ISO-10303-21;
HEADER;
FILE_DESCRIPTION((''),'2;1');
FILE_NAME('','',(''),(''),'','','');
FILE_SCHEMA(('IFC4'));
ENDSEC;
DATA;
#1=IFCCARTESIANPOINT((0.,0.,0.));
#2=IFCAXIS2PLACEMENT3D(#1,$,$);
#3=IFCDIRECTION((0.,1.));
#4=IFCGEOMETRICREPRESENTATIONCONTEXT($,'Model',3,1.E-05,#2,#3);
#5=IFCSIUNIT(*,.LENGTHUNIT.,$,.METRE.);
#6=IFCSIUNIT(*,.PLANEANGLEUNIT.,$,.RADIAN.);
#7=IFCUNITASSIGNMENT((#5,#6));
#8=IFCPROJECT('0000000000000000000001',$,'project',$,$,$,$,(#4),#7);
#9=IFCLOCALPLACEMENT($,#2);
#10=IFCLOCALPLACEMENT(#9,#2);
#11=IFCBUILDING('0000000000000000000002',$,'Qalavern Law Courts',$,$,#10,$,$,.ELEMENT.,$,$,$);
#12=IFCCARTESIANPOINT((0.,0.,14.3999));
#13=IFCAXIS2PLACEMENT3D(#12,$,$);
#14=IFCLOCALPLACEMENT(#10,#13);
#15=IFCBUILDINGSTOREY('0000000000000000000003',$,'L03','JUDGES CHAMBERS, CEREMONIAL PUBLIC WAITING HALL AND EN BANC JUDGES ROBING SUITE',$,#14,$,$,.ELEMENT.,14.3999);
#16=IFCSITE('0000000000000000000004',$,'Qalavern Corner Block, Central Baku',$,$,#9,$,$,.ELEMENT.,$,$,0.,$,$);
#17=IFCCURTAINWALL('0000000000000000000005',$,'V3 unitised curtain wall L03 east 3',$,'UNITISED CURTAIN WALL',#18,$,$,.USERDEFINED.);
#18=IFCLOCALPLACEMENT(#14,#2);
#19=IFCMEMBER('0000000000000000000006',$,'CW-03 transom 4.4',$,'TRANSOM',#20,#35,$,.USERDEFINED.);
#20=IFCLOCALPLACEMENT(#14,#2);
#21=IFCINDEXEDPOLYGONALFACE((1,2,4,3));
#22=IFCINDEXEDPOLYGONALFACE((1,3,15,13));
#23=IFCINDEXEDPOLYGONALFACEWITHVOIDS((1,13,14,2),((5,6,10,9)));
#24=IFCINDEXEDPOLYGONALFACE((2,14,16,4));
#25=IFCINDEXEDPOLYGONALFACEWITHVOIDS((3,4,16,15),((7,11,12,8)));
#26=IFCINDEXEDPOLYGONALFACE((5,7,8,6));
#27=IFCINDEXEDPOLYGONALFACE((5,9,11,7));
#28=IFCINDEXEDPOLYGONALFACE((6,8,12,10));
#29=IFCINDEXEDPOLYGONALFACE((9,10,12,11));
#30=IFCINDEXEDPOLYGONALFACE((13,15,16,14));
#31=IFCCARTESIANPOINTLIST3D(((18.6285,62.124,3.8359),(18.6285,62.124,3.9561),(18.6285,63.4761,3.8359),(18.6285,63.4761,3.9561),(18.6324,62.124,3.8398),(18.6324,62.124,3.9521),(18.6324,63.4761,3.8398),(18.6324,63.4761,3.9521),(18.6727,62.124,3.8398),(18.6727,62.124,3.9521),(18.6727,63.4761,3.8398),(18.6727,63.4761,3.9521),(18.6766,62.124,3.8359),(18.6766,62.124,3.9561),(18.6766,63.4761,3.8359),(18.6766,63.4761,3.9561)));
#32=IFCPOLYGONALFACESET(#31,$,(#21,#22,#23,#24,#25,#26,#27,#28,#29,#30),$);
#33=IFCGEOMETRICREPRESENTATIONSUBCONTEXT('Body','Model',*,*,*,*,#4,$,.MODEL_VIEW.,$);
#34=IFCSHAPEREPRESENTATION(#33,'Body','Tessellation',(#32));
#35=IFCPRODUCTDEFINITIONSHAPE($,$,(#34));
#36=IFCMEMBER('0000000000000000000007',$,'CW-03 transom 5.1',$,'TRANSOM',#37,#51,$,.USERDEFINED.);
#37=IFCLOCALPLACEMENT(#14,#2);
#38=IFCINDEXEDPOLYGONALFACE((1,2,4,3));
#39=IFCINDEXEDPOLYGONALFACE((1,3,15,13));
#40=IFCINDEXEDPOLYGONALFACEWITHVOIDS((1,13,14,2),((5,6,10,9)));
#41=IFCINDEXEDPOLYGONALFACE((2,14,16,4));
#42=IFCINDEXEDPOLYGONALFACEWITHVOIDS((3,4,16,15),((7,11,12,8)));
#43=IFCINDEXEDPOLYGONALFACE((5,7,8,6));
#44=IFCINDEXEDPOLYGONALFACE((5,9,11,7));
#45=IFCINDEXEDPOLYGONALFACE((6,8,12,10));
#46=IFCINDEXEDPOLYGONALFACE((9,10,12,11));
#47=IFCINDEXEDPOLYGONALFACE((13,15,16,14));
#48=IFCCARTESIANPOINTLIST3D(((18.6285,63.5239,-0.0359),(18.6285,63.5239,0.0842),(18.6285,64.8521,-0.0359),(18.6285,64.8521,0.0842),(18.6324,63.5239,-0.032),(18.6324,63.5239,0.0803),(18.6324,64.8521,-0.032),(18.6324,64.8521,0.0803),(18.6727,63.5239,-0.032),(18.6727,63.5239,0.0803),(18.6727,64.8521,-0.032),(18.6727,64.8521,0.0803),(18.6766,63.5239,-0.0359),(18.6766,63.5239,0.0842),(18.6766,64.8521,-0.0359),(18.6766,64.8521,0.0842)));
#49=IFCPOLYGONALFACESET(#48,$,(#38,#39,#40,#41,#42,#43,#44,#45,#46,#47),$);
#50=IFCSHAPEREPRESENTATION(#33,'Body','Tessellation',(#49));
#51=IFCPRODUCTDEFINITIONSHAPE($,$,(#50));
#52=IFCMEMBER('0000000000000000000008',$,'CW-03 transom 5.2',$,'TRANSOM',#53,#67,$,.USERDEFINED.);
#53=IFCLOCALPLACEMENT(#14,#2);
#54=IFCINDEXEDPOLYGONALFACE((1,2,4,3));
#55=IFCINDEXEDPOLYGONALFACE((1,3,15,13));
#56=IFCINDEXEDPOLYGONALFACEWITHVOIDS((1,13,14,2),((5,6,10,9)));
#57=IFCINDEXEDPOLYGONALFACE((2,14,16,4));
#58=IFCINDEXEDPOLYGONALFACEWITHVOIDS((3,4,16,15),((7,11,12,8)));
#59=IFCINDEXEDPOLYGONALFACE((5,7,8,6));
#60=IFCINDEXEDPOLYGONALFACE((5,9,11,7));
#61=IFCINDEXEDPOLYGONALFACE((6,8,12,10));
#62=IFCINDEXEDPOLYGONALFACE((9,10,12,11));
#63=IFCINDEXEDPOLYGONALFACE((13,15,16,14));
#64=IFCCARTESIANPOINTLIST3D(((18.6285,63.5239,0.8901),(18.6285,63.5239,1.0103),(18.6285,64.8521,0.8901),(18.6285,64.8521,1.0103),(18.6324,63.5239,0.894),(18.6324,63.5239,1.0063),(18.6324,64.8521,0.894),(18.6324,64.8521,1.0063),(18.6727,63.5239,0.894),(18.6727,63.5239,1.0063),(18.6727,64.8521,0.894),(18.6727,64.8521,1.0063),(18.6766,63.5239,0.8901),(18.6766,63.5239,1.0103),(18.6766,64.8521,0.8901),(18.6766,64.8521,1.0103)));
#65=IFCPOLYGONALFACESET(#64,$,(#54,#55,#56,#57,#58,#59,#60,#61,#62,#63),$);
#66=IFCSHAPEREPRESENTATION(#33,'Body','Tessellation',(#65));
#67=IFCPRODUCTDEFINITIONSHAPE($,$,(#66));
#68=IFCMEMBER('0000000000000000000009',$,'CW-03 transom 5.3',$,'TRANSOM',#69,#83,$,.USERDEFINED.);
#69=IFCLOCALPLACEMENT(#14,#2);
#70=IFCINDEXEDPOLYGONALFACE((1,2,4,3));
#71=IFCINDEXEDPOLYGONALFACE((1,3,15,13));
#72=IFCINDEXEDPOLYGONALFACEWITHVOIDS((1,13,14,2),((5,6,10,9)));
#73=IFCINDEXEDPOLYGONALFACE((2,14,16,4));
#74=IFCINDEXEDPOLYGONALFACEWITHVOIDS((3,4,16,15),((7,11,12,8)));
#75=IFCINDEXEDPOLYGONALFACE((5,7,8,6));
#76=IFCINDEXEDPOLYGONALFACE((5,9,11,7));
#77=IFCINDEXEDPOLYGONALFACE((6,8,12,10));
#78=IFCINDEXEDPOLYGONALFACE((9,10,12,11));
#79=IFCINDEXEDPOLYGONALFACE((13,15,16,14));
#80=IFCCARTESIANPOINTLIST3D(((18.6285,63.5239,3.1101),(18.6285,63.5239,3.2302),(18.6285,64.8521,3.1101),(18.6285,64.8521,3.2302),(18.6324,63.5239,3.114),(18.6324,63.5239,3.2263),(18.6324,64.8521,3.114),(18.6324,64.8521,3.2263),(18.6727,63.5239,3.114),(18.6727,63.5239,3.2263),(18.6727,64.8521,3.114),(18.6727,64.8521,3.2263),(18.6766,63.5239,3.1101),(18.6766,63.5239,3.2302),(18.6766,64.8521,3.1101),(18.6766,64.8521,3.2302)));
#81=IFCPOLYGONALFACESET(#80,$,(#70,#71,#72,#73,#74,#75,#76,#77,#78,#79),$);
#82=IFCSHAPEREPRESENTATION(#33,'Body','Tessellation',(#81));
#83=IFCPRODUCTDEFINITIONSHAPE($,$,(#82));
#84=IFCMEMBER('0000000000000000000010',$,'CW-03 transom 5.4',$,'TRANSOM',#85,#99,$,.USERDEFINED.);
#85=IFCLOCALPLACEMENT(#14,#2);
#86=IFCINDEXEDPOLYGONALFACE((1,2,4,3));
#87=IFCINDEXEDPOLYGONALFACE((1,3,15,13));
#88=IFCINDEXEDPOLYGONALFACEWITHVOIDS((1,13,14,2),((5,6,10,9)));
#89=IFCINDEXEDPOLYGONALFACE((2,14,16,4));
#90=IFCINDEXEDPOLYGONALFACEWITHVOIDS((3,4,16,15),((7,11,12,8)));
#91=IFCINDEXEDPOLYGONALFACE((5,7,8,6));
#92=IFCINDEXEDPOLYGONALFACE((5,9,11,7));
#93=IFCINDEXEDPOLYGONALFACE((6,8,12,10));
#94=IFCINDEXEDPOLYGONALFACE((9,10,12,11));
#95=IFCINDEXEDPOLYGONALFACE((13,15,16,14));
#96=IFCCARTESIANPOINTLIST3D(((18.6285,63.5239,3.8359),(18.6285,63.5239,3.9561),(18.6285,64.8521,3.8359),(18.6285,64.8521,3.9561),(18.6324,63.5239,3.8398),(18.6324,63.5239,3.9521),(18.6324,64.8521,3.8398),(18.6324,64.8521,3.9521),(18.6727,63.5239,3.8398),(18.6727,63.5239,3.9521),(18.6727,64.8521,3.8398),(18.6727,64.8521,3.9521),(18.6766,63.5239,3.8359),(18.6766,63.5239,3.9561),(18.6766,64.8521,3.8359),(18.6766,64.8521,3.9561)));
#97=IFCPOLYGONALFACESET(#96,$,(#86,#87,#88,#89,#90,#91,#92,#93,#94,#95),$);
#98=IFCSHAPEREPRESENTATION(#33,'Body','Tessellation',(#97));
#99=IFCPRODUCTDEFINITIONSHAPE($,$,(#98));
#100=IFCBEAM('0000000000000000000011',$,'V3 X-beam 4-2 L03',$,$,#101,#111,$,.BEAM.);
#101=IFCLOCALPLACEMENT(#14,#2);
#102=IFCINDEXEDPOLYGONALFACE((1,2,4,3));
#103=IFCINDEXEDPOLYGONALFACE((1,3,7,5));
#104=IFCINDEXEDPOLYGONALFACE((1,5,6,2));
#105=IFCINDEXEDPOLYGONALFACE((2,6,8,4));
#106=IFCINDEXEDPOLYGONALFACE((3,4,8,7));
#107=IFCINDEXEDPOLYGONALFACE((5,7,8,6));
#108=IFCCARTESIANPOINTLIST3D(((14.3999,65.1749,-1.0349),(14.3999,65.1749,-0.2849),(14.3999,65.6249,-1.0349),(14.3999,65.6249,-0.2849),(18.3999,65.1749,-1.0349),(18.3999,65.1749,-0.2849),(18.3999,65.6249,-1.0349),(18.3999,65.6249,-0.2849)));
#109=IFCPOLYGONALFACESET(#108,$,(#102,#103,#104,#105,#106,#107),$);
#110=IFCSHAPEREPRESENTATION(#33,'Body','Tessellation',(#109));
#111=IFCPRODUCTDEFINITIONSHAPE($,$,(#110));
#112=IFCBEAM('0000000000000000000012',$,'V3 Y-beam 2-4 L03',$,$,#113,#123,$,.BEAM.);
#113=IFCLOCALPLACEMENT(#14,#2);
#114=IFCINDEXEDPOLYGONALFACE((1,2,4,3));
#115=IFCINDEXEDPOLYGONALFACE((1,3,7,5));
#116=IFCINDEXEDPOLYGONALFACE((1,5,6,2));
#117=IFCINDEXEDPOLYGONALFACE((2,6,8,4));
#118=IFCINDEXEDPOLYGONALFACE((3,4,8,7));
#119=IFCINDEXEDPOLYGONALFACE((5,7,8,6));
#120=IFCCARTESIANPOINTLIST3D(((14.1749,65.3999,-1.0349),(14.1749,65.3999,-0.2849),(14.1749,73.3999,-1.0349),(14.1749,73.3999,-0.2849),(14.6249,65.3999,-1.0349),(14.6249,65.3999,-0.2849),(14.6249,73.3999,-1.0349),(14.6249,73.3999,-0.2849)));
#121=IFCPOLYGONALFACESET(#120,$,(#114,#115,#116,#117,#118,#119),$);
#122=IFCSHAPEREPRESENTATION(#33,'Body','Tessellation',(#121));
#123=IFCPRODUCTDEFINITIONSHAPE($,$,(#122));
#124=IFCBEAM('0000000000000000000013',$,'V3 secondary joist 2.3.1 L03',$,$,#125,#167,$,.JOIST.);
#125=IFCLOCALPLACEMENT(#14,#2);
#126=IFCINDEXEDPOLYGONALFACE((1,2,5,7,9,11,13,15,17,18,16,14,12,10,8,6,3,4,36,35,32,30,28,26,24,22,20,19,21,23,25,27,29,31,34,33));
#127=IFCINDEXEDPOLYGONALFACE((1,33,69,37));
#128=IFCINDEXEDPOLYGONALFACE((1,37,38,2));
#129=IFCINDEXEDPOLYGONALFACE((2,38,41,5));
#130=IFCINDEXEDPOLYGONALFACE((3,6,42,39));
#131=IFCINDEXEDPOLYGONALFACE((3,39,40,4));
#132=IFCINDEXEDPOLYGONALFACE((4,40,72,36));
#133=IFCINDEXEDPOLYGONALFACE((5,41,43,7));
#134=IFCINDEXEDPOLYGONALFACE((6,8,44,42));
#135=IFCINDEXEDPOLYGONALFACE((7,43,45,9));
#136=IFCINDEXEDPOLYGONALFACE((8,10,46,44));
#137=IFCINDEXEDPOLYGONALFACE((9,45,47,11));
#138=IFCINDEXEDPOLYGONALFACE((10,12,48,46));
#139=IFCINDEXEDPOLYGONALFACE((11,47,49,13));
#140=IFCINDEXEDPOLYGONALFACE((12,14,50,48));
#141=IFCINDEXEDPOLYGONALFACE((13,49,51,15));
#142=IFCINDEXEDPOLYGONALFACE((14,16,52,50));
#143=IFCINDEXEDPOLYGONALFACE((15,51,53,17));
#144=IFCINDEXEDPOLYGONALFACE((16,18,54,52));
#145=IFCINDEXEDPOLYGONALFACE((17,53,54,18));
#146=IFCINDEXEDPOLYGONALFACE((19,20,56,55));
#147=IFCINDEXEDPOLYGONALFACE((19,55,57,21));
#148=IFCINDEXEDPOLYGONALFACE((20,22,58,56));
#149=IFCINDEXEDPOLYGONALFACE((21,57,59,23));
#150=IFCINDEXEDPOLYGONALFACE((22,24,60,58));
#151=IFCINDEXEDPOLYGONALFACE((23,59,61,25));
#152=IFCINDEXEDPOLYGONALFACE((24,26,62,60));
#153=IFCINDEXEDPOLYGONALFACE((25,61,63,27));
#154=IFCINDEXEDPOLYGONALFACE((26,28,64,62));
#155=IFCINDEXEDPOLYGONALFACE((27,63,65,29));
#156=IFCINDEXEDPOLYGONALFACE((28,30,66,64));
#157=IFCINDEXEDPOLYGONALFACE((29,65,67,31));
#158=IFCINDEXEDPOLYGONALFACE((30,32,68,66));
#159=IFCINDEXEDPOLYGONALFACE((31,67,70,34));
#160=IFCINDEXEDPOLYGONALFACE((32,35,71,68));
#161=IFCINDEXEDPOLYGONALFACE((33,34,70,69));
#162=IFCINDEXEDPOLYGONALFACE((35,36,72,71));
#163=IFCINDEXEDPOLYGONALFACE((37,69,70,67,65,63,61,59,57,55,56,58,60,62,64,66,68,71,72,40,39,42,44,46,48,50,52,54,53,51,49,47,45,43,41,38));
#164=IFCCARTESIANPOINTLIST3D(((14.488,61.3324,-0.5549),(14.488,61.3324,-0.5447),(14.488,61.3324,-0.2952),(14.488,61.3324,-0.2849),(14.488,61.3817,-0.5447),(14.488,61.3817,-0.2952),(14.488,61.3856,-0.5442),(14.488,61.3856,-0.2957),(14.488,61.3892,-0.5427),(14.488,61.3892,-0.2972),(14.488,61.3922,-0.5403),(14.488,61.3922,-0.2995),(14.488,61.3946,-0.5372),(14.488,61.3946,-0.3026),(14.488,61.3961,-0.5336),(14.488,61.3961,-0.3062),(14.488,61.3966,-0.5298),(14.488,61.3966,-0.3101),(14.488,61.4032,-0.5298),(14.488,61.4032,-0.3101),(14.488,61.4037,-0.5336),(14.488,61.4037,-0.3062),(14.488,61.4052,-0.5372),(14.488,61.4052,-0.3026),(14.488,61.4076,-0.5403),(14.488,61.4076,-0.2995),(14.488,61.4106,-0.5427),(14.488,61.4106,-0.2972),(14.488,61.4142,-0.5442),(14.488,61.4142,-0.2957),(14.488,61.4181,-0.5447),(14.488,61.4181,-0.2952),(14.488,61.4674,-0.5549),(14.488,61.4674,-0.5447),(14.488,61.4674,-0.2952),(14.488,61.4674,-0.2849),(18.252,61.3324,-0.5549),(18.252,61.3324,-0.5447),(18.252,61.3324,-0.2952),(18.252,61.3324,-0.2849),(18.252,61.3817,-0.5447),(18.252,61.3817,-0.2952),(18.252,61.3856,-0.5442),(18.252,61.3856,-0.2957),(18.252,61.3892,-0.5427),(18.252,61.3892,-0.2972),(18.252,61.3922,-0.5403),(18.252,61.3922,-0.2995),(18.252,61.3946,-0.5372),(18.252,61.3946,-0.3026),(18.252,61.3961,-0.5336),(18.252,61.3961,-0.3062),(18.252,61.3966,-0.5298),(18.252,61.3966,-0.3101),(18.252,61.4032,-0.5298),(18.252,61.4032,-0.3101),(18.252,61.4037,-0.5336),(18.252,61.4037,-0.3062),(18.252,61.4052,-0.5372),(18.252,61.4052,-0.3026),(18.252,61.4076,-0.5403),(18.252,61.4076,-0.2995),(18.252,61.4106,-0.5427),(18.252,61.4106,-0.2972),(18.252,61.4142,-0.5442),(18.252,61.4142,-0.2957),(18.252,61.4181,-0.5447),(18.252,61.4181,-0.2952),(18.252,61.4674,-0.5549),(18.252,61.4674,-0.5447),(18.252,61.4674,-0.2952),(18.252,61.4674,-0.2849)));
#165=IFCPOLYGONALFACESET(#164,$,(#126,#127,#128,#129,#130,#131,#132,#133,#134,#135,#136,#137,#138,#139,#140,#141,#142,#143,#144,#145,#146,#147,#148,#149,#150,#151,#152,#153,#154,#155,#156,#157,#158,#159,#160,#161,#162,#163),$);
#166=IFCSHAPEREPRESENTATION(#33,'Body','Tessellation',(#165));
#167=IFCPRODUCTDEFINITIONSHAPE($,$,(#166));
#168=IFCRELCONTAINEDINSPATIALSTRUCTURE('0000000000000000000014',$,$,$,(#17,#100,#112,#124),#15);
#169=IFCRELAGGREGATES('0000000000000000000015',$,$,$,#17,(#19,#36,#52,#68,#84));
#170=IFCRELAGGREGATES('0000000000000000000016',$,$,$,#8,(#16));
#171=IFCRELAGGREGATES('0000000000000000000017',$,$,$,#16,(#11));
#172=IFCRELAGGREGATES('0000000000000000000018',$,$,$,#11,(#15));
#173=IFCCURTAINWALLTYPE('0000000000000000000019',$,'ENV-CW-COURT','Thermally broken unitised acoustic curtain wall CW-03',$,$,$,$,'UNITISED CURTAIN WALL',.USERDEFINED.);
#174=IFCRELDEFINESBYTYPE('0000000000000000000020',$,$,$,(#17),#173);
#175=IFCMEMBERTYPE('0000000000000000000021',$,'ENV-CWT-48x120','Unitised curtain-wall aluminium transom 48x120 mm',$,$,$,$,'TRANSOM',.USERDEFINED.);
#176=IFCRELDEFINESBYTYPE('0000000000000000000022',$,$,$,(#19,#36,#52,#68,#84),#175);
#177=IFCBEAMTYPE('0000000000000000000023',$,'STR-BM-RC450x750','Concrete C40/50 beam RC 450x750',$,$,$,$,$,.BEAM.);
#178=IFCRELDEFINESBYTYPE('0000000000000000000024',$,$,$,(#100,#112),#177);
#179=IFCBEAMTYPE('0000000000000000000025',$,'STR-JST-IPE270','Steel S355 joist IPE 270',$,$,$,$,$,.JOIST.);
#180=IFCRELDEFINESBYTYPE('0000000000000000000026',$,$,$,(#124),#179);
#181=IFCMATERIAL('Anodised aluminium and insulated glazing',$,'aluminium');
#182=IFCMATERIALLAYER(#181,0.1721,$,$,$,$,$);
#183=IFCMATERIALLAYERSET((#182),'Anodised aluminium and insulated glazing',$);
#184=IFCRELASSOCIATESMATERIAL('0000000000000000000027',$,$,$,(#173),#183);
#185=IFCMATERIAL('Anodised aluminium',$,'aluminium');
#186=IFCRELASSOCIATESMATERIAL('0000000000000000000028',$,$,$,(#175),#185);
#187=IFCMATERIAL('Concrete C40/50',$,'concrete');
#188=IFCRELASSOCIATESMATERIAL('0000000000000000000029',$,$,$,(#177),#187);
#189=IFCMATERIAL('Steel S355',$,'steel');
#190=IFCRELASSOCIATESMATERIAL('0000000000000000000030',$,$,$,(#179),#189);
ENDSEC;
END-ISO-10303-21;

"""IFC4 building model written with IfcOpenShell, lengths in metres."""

from ifc_helpers import new_model, si_unit, direction, frame, origin, origin_2d, place, context, subcontext, project, spatial, rectangle, hollow_rectangle, i_section, extrude, material, layer, layer_set, material_profile, profile_set, type_object, element, aggregate, save


model = new_model("IFC4")

# Units and contexts
model_context = context("Model", 3, precision=1e-05, world=origin(), true_north=direction((0.0, 1.0)))
body_context = subcontext(model_context, "Body", "Model", "MODEL_VIEW")
ifc_project = project(units=[si_unit("LENGTHUNIT", "METRE"), si_unit("PLANEANGLEUNIT", "RADIAN")], contexts=[model_context])

# Site, building, storey
site_placement = place(None, origin())
site = spatial("IfcSite", under=ifc_project, at=site_placement, Name="Qalavern Corner Block, Central Baku", CompositionType="ELEMENT", RefElevation=0.0)
building_placement = place(site_placement, origin())
building = spatial("IfcBuilding", under=site, at=building_placement, Name="Qalavern Law Courts", CompositionType="ELEMENT")
storey_placement = place(building_placement, frame((0.0, 0.0, 14.3999)))
storey = spatial("IfcBuildingStorey", under=building, at=storey_placement, Name="L03", Description="JUDGES CHAMBERS, CEREMONIAL PUBLIC WAITING HALL AND EN BANC JUDGES ROBING SUITE", CompositionType="ELEMENT", Elevation=14.3999)

# Curtain wall, members
ifc_material_1 = material(Name="Anodised aluminium and insulated glazing", Category="aluminium")
ifc_layer_1 = layer(ifc_material_1, 0.1721)
ifc_layer_set_1 = layer_set([ifc_layer_1], Name="Anodised aluminium and insulated glazing")
curtain_wall_type = type_object("IfcCurtainWallType", Name="ENV-CW-COURT", Description="Thermally broken unitised acoustic curtain wall CW-03", ElementType="UNITISED CURTAIN WALL", PredefinedType="USERDEFINED", material=ifc_layer_set_1)
curtain_wall_placement = place(storey_placement, origin())
curtain_wall = element("IfcCurtainWall", 1, at=curtain_wall_placement, inside=storey, type_object=curtain_wall_type, Name="V3 unitised curtain wall L03 east 3", ObjectType="UNITISED CURTAIN WALL", PredefinedType="USERDEFINED")
ifc_material_2 = material(Name="Anodised aluminium", Category="aluminium")
ifc_material_profile_1 = material_profile(ifc_material_2, hollow_rectangle(XDim=0.0481, YDim=0.1201, WallThickness=0.0039, at=origin_2d()), Name="ALU TRANSOM 48x120")
ifc_profile_set_1 = profile_set([ifc_material_profile_1], Name="Anodised aluminium")
member_type_1 = type_object("IfcMemberType", Name="ENV-CWT-48x120", Description="Unitised curtain-wall aluminium transom 48x120 mm", ElementType="TRANSOM", PredefinedType="USERDEFINED", material=ifc_profile_set_1)
member_1_placement = place(storey_placement, frame((18.6526, 62.124, 3.896), z_axis=(0.0, 1.0, 0.0), x_axis=(-1.0, 0.0, 0.0)))
member_1 = element("IfcMember", 2, at=member_1_placement, type_object=member_type_1, Name="CW-03 transom 4.4", ObjectType="TRANSOM", PredefinedType="USERDEFINED", context=body_context, shape_type="SweptSolid", body=[
    extrude(hollow_rectangle(XDim=0.0481, YDim=0.1201, WallThickness=0.0039, at=origin_2d()), origin(), (0.0, 0.0, 1.0), 1.3521),
])
member_2_placement = place(storey_placement, frame((18.6526, 63.5239, 0.0242), z_axis=(0.0, 1.0, 0.0), x_axis=(-1.0, 0.0, 0.0)))
member_2 = element("IfcMember", 3, at=member_2_placement, type_object=member_type_1, Name="CW-03 transom 5.1", ObjectType="TRANSOM", PredefinedType="USERDEFINED", context=body_context, shape_type="SweptSolid", body=[
    extrude(hollow_rectangle(XDim=0.0481, YDim=0.1201, WallThickness=0.0039, at=origin_2d()), origin(), (0.0, 0.0, 1.0), 1.3281),
])
member_3_placement = place(storey_placement, frame((18.6526, 63.5239, 0.9502), z_axis=(0.0, 1.0, 0.0), x_axis=(-1.0, 0.0, 0.0)))
member_3 = element("IfcMember", 4, at=member_3_placement, type_object=member_type_1, Name="CW-03 transom 5.2", ObjectType="TRANSOM", PredefinedType="USERDEFINED", context=body_context, shape_type="SweptSolid", body=[
    extrude(hollow_rectangle(XDim=0.0481, YDim=0.1201, WallThickness=0.0039, at=origin_2d()), origin(), (0.0, 0.0, 1.0), 1.3281),
])
member_4_placement = place(storey_placement, frame((18.6526, 63.5239, 3.1702), z_axis=(0.0, 1.0, 0.0), x_axis=(-1.0, 0.0, 0.0)))
member_4 = element("IfcMember", 5, at=member_4_placement, type_object=member_type_1, Name="CW-03 transom 5.3", ObjectType="TRANSOM", PredefinedType="USERDEFINED", context=body_context, shape_type="SweptSolid", body=[
    extrude(hollow_rectangle(XDim=0.0481, YDim=0.1201, WallThickness=0.0039, at=origin_2d()), origin(), (0.0, 0.0, 1.0), 1.3281),
])
member_5_placement = place(storey_placement, frame((18.6526, 63.5239, 3.896), z_axis=(0.0, 1.0, 0.0), x_axis=(-1.0, 0.0, 0.0)))
member_5 = element("IfcMember", 6, at=member_5_placement, type_object=member_type_1, Name="CW-03 transom 5.4", ObjectType="TRANSOM", PredefinedType="USERDEFINED", context=body_context, shape_type="SweptSolid", body=[
    extrude(hollow_rectangle(XDim=0.0481, YDim=0.1201, WallThickness=0.0039, at=origin_2d()), origin(), (0.0, 0.0, 1.0), 1.3281),
])

# Beams
ifc_material_3 = material(Name="Concrete C40/50", Category="concrete")
ifc_material_profile_2 = material_profile(ifc_material_3, rectangle(XDim=0.45, YDim=0.75, at=origin_2d()), Name="RC 450x750")
ifc_profile_set_2 = profile_set([ifc_material_profile_2], Name="Concrete C40/50")
beam_type_1 = type_object("IfcBeamType", Name="STR-BM-RC450x750", Description="Concrete C40/50 beam RC 450x750", PredefinedType="BEAM", material=ifc_profile_set_2)
beam_1_placement = place(storey_placement, frame((14.3999, 65.3999, -0.6599), z_axis=(1.0, 0.0, 0.0), x_axis=(0.0, 1.0, 0.0)))
element("IfcBeam", 7, at=beam_1_placement, inside=storey, type_object=beam_type_1, Name="V3 X-beam 4-2 L03", PredefinedType="BEAM", context=body_context, shape_type="SweptSolid", body=[
    extrude(rectangle(XDim=0.45, YDim=0.75, at=origin_2d()), origin(), (0.0, 0.0, 1.0), 4.0),
])
beam_2_placement = place(storey_placement, frame((14.3999, 65.3999, -0.6599), z_axis=(0.0, 1.0, 0.0), x_axis=(-1.0, 0.0, 0.0)))
element("IfcBeam", 8, at=beam_2_placement, inside=storey, type_object=beam_type_1, Name="V3 Y-beam 2-4 L03", PredefinedType="BEAM", context=body_context, shape_type="SweptSolid", body=[
    extrude(rectangle(XDim=0.45, YDim=0.75, at=origin_2d()), origin(), (0.0, 0.0, 1.0), 8.0),
])
ifc_material_4 = material(Name="Steel S355", Category="steel")
ifc_material_profile_3 = material_profile(ifc_material_4, i_section(OverallWidth=0.135, OverallDepth=0.27, WebThickness=0.0066, FlangeThickness=0.0103, FilletRadius=0.0149, at=origin_2d()), Name="IPE 270")
ifc_profile_set_3 = profile_set([ifc_material_profile_3], Name="Steel S355")
beam_type_2 = type_object("IfcBeamType", Name="STR-JST-IPE270", Description="Steel S355 joist IPE 270", PredefinedType="JOIST", material=ifc_profile_set_3)
beam_3_placement = place(storey_placement, frame((14.488, 61.3999, -0.4199), z_axis=(1.0, 0.0, 0.0), x_axis=(0.0, 1.0, 0.0)))
element("IfcBeam", 9, at=beam_3_placement, inside=storey, type_object=beam_type_2, Name="V3 secondary joist 2.3.1 L03", PredefinedType="JOIST", context=body_context, shape_type="SweptSolid", body=[
    extrude(i_section(OverallWidth=0.135, OverallDepth=0.27, WebThickness=0.0066, FlangeThickness=0.0103, FilletRadius=0.0149, at=origin_2d()), origin(), (0.0, 0.0, 1.0), 3.7639),
])

aggregate(curtain_wall, [member_1, member_2, member_3, member_4, member_5])

save(model, "model.ifc")
